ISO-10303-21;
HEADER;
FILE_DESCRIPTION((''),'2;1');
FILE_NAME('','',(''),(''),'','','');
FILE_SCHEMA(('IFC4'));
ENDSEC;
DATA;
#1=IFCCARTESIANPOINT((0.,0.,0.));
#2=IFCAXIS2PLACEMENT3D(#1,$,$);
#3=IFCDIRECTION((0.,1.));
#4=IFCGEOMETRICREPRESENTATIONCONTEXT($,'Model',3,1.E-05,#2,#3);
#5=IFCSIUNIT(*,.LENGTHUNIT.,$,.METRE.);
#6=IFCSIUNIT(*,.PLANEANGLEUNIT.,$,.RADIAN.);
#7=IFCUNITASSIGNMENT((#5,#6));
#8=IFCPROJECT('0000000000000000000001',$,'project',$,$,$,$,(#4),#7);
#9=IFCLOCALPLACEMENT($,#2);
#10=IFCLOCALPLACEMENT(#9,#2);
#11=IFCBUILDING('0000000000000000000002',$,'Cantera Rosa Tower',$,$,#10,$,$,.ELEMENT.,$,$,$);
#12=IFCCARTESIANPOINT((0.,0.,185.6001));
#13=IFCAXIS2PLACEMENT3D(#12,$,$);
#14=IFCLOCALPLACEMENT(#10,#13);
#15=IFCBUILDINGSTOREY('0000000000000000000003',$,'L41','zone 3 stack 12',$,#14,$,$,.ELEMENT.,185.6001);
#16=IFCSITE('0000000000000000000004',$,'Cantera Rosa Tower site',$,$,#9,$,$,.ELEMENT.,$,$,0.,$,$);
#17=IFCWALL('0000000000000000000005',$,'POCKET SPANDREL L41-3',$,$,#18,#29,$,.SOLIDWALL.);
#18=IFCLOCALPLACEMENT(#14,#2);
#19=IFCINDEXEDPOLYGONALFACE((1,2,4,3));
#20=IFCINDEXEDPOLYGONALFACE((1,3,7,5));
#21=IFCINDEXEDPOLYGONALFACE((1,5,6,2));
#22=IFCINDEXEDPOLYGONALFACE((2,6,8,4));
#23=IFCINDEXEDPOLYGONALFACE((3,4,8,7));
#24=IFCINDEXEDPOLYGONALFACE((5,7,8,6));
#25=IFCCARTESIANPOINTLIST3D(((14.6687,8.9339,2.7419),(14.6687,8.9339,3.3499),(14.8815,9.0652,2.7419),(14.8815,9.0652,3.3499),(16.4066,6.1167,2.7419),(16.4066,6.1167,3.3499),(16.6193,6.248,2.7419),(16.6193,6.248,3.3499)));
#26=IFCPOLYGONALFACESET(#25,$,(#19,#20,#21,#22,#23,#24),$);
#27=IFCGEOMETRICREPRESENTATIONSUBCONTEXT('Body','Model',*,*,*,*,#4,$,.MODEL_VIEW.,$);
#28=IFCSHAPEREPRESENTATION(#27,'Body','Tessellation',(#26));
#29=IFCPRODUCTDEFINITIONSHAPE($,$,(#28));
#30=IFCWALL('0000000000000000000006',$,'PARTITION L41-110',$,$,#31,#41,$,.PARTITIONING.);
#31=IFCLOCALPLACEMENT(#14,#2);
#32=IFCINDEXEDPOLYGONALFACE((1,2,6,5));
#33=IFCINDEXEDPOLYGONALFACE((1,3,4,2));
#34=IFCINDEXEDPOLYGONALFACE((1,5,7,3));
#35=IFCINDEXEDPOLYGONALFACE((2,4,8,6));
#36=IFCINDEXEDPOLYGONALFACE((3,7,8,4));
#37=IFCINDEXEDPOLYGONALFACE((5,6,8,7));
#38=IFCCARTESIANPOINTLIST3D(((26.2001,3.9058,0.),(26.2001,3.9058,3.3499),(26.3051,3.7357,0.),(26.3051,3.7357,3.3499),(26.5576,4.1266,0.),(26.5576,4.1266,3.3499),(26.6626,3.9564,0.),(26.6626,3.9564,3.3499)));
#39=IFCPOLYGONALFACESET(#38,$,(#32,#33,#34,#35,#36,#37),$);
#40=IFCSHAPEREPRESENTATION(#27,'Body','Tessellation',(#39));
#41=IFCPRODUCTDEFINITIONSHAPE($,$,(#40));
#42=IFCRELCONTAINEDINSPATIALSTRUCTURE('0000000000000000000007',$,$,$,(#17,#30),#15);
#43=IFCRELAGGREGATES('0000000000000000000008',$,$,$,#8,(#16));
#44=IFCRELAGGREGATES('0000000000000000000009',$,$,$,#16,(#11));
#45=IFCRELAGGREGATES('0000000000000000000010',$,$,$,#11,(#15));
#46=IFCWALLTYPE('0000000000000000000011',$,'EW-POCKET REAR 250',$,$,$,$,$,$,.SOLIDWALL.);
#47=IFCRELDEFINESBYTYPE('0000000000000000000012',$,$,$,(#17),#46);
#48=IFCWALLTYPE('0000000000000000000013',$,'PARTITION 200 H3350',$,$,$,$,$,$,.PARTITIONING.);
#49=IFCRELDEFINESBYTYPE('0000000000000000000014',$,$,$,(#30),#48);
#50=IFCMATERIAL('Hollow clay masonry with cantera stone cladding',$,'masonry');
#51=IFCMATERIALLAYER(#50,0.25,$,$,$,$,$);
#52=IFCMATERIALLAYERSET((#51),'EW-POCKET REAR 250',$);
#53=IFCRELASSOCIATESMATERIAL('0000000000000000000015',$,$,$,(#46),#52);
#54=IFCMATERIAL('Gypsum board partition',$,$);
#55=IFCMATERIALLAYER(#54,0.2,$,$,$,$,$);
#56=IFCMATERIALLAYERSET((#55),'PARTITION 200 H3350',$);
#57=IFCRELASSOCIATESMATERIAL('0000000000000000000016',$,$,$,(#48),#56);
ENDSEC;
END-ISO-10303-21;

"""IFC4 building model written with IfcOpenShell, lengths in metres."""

from ifc_helpers import new_model, si_unit, direction, frame, frame_2d, origin, place, context, subcontext, project, spatial, rectangle, extrude, material, layer, layer_set, type_object, element, save


model = new_model("IFC4")

# Units and contexts
model_context = context("Model", 3, precision=1e-05, world=origin(), true_north=direction((0.0, 1.0)))
body_context = subcontext(model_context, "Body", "Model", "MODEL_VIEW")
ifc_project = project(units=[si_unit("LENGTHUNIT", "METRE"), si_unit("PLANEANGLEUNIT", "RADIAN")], contexts=[model_context])

# Site, building, storey
site_placement = place(None, origin())
site = spatial("IfcSite", under=ifc_project, at=site_placement, Name="Cantera Rosa Tower site", CompositionType="ELEMENT", RefElevation=0.0)
building_placement = place(site_placement, origin())
building = spatial("IfcBuilding", under=site, at=building_placement, Name="Cantera Rosa Tower", CompositionType="ELEMENT")
storey_placement = place(building_placement, frame((0.0, 0.0, 185.6001)))
storey = spatial("IfcBuildingStorey", under=building, at=storey_placement, Name="L41", Description="zone 3 stack 12", CompositionType="ELEMENT", Elevation=185.6001)

# Walls
ifc_material_1 = material(Name="Hollow clay masonry with cantera stone cladding", Category="masonry")
ifc_layer_1 = layer(ifc_material_1, 0.25)
ifc_layer_set_1 = layer_set([ifc_layer_1], Name="EW-POCKET REAR 250")
wall_type_1 = type_object("IfcWallType", Name="EW-POCKET REAR 250", PredefinedType="SOLIDWALL", material=ifc_layer_set_1)
wall_1_placement = place(storey_placement, frame((16.5129, 6.1824, 2.7419), z_axis=(0.0, 0.0, 1.0), x_axis=(-0.525011, 0.851096, 0.0)))
element("IfcWall", 1, at=wall_1_placement, inside=storey, type_object=wall_type_1, Name="POCKET SPANDREL L41-3", PredefinedType="SOLIDWALL", context=body_context, shape_type="SweptSolid", body=[
    extrude(rectangle(XDim=3.3101, YDim=0.25, at=frame_2d((1.655, 0.0))), origin(), (0.0, 0.0, 1.0), 0.6079),
])
ifc_material_2 = material(Name="Gypsum board partition")
ifc_layer_2 = layer(ifc_material_2, 0.2)
ifc_layer_set_2 = layer_set([ifc_layer_2], Name="PARTITION 200 H3350")
wall_type_2 = type_object("IfcWallType", Name="PARTITION 200 H3350", PredefinedType="PARTITIONING", material=ifc_layer_set_2)
wall_2_placement = place(storey_placement, frame((26.2527, 3.8208, 0.0), z_axis=(0.0, 0.0, 1.0), x_axis=(0.850859, 0.525394, 0.0)))
element("IfcWall", 2, at=wall_2_placement, inside=storey, type_object=wall_type_2, Name="PARTITION L41-110", PredefinedType="PARTITIONING", context=body_context, shape_type="SweptSolid", body=[
    extrude(rectangle(XDim=0.4202, YDim=0.2, at=frame_2d((0.21, 0.0))), origin(), (0.0, 0.0, 1.0), 3.3499),
])

save(model, "model.ifc")
